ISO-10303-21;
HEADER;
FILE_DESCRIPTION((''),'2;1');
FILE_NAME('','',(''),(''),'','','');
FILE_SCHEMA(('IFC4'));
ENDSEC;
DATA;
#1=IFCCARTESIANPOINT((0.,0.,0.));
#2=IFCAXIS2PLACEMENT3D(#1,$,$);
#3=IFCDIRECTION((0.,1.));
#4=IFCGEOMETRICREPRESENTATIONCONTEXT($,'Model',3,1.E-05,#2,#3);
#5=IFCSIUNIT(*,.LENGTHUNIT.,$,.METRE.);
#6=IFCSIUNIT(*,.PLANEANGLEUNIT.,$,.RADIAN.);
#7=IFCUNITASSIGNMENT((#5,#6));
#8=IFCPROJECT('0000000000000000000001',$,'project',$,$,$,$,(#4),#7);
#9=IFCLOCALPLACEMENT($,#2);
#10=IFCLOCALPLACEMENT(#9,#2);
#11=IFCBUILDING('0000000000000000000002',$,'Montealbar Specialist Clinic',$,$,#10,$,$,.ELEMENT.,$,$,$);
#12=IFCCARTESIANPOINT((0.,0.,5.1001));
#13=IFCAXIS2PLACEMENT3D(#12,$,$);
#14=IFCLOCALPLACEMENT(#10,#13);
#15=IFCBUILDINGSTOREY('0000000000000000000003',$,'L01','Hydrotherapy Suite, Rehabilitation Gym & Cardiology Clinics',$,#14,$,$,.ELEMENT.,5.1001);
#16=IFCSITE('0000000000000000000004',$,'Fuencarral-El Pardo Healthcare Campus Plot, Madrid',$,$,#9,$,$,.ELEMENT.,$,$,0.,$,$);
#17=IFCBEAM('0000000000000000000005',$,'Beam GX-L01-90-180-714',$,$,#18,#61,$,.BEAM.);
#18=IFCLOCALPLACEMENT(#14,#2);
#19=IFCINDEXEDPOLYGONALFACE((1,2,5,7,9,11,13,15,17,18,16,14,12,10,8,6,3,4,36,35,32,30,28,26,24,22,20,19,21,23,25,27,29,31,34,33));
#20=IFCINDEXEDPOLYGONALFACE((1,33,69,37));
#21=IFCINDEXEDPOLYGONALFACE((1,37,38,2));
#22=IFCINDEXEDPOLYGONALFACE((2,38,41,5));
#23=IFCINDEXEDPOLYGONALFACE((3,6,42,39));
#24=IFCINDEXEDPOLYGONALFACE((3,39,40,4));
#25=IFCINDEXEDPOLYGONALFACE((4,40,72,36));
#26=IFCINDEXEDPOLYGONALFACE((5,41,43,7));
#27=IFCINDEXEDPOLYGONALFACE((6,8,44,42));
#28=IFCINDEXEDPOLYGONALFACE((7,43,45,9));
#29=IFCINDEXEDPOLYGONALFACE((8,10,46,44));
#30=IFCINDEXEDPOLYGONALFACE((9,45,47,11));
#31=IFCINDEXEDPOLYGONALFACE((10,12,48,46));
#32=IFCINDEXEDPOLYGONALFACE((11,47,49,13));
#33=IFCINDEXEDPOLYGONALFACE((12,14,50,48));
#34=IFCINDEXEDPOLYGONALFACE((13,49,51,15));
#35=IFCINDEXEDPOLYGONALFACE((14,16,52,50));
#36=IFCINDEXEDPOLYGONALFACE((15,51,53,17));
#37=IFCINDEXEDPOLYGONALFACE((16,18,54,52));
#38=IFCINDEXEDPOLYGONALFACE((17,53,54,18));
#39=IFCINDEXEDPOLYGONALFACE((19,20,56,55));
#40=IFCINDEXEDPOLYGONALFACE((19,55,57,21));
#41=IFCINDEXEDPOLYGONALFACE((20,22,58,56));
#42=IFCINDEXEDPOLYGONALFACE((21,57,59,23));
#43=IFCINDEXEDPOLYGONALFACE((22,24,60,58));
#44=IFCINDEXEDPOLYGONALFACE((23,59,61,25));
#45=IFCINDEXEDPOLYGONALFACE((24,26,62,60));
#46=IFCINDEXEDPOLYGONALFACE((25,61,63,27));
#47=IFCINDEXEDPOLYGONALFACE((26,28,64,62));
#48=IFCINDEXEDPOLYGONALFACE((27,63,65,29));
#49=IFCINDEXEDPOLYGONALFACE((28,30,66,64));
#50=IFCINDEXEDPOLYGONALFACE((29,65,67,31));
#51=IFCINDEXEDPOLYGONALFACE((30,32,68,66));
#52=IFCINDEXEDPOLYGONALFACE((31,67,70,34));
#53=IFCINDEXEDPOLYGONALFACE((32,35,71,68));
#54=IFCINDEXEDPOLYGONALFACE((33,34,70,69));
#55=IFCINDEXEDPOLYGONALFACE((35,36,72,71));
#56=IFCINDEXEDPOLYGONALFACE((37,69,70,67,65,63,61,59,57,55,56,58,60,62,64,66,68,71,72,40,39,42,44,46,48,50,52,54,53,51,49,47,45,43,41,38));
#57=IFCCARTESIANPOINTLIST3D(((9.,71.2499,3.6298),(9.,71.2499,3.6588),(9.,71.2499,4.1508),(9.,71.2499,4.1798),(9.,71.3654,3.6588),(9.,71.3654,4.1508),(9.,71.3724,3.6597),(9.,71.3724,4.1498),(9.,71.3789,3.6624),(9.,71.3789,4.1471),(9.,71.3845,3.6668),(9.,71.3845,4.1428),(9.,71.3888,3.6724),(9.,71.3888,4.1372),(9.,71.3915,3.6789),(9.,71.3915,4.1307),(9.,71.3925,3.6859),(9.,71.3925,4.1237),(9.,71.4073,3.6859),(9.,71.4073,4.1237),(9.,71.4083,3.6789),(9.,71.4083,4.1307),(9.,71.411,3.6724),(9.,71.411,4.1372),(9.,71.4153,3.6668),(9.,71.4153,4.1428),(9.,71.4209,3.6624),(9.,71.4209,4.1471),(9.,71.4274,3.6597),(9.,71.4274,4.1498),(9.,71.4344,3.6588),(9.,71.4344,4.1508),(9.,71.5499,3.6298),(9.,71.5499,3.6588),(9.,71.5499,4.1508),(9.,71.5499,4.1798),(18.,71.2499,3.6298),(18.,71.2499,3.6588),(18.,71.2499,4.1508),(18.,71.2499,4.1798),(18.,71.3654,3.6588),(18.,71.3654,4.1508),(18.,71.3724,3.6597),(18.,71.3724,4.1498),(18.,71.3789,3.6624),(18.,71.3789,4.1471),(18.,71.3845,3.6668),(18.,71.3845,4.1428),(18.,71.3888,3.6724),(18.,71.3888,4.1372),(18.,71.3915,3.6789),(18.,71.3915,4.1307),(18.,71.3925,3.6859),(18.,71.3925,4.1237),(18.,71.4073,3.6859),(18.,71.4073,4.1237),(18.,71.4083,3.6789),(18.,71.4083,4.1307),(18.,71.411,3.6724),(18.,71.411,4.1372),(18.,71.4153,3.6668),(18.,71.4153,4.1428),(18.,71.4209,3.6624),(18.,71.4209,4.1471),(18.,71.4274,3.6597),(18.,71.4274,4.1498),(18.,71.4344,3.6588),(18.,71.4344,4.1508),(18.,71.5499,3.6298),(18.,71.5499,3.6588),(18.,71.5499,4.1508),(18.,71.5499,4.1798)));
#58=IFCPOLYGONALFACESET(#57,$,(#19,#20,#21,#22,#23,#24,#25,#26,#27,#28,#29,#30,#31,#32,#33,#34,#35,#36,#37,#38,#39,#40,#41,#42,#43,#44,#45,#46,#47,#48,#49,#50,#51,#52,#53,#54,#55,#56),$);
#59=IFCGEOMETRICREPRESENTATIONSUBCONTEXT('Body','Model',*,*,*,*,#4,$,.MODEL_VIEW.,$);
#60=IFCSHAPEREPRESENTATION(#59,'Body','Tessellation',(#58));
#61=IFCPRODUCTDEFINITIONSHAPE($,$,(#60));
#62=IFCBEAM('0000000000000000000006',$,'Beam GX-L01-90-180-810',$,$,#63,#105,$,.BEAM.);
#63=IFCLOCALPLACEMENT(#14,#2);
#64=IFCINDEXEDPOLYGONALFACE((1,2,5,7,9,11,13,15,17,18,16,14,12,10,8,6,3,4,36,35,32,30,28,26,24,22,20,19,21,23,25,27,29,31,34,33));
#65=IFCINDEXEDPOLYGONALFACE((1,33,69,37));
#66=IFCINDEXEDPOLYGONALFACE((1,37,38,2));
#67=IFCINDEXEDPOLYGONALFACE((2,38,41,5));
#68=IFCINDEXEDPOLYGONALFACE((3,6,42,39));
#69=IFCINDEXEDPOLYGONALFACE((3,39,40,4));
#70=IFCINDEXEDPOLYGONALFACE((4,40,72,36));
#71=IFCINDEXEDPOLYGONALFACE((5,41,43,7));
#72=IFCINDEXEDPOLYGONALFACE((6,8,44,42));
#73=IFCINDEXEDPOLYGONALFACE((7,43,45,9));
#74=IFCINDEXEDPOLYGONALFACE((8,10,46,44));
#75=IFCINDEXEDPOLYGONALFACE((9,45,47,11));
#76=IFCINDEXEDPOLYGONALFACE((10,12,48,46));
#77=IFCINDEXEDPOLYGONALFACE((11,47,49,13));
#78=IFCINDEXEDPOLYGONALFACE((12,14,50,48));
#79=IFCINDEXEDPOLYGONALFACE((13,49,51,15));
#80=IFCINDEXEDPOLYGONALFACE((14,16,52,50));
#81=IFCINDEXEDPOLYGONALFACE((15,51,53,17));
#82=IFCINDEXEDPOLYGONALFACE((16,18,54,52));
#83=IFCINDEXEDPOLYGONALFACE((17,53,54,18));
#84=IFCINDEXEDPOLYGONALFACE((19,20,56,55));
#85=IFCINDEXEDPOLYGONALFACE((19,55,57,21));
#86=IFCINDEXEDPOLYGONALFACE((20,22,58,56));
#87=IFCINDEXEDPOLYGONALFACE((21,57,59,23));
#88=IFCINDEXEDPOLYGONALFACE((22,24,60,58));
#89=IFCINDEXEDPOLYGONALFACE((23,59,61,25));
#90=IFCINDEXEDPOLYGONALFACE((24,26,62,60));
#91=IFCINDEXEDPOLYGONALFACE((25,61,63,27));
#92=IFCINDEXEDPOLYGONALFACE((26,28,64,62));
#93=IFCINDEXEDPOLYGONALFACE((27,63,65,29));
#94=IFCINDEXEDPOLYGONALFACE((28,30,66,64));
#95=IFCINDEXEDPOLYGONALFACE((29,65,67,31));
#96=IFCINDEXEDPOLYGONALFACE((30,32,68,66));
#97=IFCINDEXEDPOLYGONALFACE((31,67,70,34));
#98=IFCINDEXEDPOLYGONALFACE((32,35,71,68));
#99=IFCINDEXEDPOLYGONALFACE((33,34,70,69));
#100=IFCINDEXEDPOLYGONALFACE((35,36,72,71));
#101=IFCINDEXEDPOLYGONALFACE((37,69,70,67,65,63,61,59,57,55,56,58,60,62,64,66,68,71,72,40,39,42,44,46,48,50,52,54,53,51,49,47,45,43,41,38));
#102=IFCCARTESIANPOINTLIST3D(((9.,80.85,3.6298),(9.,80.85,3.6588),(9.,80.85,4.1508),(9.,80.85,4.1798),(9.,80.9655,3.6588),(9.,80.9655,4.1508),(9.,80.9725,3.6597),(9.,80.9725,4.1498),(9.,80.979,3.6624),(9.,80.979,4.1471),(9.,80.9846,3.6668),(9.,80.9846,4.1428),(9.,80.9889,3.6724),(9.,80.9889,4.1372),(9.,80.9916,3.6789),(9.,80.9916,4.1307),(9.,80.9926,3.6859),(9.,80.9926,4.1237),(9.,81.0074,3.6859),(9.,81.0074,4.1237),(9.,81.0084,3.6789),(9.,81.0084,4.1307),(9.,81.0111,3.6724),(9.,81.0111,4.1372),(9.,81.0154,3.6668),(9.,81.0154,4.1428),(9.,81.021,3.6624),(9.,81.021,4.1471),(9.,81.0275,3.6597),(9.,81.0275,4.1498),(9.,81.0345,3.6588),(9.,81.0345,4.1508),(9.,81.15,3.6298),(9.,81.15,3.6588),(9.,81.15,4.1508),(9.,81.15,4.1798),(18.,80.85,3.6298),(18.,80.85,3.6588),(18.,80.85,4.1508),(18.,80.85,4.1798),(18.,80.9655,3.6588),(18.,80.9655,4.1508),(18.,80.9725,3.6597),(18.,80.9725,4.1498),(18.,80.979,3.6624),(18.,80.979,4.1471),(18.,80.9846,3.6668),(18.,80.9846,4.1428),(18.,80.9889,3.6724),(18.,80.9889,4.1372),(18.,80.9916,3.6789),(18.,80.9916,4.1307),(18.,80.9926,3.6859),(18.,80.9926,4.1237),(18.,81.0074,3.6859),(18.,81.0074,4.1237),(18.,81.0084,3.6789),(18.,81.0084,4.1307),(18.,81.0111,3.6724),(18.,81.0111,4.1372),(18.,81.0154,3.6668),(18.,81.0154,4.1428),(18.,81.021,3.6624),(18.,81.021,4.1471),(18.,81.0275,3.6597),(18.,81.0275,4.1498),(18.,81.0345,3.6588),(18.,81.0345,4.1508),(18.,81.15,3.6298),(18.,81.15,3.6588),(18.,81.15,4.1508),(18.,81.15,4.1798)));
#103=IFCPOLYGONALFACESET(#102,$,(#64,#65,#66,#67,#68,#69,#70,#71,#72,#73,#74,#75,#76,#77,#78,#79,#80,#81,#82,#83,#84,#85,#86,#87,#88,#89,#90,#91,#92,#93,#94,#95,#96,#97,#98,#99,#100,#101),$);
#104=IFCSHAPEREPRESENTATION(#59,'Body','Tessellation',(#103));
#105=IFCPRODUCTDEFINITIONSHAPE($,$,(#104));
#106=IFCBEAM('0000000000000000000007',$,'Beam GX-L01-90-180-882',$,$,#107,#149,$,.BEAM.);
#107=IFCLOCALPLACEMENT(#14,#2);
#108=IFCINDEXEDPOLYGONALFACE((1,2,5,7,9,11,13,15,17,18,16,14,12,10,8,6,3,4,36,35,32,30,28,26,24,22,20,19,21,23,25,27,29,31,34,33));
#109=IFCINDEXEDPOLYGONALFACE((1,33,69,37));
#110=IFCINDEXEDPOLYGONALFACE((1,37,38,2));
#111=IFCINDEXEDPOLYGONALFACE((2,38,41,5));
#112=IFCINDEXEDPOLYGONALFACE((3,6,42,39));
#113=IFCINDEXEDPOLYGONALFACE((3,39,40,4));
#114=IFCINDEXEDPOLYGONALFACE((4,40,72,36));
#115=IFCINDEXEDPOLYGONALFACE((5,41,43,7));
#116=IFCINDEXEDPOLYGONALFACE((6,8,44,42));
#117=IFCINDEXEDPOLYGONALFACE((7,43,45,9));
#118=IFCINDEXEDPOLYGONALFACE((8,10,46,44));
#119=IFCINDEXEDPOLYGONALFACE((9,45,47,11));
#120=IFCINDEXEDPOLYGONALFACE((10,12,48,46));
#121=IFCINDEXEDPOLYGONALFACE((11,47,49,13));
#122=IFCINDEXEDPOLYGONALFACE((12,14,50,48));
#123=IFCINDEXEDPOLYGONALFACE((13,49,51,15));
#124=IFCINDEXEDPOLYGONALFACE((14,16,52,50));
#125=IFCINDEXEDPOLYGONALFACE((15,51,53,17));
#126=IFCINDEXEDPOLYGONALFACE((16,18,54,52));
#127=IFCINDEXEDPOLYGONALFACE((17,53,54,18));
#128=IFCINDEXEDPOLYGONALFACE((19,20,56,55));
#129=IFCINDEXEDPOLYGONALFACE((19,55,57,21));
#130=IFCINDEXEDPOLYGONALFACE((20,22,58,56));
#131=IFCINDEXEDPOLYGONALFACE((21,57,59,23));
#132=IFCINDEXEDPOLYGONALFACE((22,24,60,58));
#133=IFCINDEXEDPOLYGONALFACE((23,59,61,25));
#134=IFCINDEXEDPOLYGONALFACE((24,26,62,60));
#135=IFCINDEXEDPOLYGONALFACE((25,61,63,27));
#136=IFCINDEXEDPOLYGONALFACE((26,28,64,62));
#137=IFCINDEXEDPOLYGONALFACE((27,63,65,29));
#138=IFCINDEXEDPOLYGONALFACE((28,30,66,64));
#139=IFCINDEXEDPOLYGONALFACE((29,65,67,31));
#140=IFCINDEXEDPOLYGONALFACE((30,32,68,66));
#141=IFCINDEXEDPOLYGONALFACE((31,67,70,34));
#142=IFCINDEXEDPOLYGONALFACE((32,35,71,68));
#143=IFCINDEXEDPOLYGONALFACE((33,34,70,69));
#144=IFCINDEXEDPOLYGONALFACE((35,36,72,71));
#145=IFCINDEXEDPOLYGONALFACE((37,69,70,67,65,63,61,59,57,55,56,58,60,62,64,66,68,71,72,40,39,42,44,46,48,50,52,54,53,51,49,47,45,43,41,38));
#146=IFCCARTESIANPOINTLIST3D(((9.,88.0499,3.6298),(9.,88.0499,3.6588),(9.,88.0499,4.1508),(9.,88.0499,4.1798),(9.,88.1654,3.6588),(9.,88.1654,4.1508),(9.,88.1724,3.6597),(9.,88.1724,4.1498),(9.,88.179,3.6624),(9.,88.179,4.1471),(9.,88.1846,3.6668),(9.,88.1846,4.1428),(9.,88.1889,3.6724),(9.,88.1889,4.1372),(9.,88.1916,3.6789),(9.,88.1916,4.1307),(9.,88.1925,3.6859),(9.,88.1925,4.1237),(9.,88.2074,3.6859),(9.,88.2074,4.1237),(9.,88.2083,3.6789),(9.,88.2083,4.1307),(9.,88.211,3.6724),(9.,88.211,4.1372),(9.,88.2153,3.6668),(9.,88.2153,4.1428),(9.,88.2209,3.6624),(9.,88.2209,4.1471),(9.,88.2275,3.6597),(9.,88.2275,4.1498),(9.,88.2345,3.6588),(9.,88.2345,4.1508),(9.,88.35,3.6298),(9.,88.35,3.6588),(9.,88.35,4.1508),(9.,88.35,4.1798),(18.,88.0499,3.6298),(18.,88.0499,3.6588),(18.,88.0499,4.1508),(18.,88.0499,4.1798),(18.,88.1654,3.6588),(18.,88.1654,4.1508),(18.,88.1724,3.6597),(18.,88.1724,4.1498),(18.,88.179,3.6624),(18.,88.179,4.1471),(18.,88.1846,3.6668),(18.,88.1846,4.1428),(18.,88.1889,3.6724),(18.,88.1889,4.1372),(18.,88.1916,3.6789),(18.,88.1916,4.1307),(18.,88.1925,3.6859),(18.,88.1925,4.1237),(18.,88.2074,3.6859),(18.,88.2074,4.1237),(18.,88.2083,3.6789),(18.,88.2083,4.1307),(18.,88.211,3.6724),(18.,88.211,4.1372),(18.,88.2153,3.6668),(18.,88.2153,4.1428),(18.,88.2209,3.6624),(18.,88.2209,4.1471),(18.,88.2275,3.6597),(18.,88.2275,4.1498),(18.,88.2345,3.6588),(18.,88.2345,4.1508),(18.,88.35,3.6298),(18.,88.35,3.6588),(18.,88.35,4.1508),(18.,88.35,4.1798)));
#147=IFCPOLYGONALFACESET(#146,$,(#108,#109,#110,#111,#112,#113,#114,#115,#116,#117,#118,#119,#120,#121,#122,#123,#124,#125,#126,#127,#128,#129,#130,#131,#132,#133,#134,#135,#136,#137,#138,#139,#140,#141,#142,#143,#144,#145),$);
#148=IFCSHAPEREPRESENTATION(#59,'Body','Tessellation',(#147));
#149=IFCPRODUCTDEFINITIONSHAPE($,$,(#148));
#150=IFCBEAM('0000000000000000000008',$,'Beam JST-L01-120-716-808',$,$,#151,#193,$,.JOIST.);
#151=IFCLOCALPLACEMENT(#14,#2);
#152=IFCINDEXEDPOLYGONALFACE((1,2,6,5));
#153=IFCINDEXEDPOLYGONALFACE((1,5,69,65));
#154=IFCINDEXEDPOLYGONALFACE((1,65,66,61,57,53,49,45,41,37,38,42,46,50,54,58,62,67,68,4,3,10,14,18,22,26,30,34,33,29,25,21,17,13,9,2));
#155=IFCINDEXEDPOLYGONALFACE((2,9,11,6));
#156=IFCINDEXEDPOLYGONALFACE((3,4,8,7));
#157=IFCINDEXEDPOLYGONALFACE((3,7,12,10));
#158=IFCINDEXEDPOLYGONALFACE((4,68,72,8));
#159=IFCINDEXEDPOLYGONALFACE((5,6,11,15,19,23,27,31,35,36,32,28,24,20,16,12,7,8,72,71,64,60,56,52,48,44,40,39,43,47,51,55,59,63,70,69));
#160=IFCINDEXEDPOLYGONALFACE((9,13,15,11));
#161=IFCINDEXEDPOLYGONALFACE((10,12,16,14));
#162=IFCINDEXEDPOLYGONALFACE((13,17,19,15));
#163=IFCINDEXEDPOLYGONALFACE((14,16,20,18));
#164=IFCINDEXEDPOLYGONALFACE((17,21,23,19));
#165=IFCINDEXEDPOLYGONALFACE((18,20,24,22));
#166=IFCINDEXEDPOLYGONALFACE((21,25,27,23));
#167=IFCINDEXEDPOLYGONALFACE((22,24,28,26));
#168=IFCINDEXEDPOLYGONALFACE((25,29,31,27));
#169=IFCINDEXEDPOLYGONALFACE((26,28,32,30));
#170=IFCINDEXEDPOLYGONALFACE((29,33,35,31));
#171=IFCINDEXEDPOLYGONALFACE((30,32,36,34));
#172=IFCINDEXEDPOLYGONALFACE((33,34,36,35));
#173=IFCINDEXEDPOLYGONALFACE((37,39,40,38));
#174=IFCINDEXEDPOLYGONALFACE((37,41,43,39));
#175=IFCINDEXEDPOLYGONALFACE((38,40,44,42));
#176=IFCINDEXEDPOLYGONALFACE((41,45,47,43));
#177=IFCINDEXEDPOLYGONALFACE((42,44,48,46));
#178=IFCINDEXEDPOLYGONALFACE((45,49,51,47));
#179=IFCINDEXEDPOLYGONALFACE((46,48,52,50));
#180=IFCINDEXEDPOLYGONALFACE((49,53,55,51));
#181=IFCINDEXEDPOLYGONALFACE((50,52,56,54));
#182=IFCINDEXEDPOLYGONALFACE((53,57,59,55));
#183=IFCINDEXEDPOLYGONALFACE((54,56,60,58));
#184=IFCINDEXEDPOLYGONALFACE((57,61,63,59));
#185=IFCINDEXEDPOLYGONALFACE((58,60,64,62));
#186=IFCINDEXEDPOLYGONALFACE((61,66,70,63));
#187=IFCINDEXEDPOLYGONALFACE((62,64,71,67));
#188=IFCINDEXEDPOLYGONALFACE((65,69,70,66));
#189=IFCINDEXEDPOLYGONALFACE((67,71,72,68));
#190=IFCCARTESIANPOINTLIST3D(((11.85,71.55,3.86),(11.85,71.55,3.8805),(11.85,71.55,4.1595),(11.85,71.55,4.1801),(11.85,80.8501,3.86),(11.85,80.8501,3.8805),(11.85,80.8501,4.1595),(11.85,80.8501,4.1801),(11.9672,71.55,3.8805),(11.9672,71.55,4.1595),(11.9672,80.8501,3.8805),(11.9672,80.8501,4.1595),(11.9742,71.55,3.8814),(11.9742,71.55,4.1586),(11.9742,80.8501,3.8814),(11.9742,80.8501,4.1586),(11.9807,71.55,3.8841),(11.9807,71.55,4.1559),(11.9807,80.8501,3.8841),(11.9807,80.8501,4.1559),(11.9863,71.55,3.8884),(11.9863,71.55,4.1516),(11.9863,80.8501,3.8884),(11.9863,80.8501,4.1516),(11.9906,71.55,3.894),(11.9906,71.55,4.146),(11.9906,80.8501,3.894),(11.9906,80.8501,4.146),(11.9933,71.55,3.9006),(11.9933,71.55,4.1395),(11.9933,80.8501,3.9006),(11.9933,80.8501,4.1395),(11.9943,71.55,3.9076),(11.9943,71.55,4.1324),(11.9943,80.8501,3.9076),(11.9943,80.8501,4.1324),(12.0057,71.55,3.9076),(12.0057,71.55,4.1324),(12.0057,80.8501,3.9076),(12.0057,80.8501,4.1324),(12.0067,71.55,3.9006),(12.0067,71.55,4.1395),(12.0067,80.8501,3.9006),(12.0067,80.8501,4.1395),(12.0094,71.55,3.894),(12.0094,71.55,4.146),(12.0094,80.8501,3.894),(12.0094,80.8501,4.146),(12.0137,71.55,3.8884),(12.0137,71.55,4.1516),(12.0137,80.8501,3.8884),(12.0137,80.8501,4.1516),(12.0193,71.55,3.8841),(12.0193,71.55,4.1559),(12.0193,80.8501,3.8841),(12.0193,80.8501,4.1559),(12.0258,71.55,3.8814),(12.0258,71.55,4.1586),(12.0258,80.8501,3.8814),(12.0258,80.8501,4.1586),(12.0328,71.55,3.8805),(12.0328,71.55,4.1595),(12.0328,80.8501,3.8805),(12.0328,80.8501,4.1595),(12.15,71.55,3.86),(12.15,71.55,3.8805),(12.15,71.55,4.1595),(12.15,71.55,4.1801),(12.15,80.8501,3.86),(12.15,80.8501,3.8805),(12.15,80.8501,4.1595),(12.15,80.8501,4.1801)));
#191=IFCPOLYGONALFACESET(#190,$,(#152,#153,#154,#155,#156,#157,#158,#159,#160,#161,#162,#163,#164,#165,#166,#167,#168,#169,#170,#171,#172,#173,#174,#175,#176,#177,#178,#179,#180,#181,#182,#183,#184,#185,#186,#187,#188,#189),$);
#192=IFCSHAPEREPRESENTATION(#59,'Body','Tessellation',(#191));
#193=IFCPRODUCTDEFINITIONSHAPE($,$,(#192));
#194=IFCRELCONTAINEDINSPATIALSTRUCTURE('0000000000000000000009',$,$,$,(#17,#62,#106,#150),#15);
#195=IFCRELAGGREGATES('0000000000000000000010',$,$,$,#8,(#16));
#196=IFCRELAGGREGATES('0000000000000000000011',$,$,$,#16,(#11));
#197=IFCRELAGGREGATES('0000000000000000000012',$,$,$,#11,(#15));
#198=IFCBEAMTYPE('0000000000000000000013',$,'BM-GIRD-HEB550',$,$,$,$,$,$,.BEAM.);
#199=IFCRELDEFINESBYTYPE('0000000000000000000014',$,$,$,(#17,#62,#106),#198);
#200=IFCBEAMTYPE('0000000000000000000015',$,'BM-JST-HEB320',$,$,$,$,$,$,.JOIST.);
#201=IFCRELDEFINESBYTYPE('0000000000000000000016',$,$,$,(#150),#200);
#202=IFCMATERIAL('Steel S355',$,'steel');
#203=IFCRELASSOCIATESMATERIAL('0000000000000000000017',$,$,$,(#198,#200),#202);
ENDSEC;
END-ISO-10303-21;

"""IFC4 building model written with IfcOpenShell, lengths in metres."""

from ifc_helpers import new_model, si_unit, direction, frame, origin, origin_2d, place, context, subcontext, project, spatial, i_section, extrude, material, material_profile, profile_set, type_object, element, save


model = new_model("IFC4")

# Units and contexts
model_context = context("Model", 3, precision=1e-05, world=origin(), true_north=direction((0.0, 1.0)))
body_context = subcontext(model_context, "Body", "Model", "MODEL_VIEW")
ifc_project = project(units=[si_unit("LENGTHUNIT", "METRE"), si_unit("PLANEANGLEUNIT", "RADIAN")], contexts=[model_context])

# Site, building, storey
site_placement = place(None, origin())
site = spatial("IfcSite", under=ifc_project, at=site_placement, Name="Fuencarral-El Pardo Healthcare Campus Plot, Madrid", CompositionType="ELEMENT", RefElevation=0.0)
building_placement = place(site_placement, origin())
building = spatial("IfcBuilding", under=site, at=building_placement, Name="Montealbar Specialist Clinic", CompositionType="ELEMENT")
storey_placement = place(building_placement, frame((0.0, 0.0, 5.1001)))
storey = spatial("IfcBuildingStorey", under=building, at=storey_placement, Name="L01", Description="Hydrotherapy Suite, Rehabilitation Gym & Cardiology Clinics", CompositionType="ELEMENT", Elevation=5.1001)

# Beams
ifc_material_1 = material(Name="Steel S355", Category="steel")
ifc_material_profile_1 = material_profile(ifc_material_1, i_section(OverallWidth=0.3, OverallDepth=0.55, WebThickness=0.0149, FlangeThickness=0.0291, FilletRadius=0.0271, at=origin_2d()), Name="HEB 550", Category="steel")
ifc_profile_set_1 = profile_set([ifc_material_profile_1], Name="Steel S355")
beam_type_1 = type_object("IfcBeamType", Name="BM-GIRD-HEB550", PredefinedType="BEAM", material=ifc_profile_set_1)
for number, where, z_axis, x_axis, name in (
    (1, (9.0, 71.3999, 3.9048), (1.0, 0.0, 0.0), (0.0, 1.0, 0.0), "Beam GX-L01-90-180-714"),
    (2, (9.0, 81.0, 3.9048), (1.0, 0.0, 0.0), (0.0, 1.0, 0.0), "Beam GX-L01-90-180-810"),
    (3, (9.0, 88.2, 3.9048), (1.0, 0.0, 0.0), (0.0, 1.0, 0.0), "Beam GX-L01-90-180-882"),
):
    element("IfcBeam", number, at=place(storey_placement, frame(where, z_axis=z_axis, x_axis=x_axis)), inside=storey, type_object=beam_type_1, Name=name, PredefinedType="BEAM", context=body_context, shape_type="SweptSolid", body=[
        extrude(i_section(OverallWidth=0.3, OverallDepth=0.55, WebThickness=0.0149, FlangeThickness=0.0291, FilletRadius=0.0271, at=origin_2d()), origin(), (0.0, 0.0, 1.0), 9.0),
    ])
ifc_material_profile_2 = material_profile(ifc_material_1, i_section(OverallWidth=0.3, OverallDepth=0.3201, WebThickness=0.0115, FlangeThickness=0.0205, FilletRadius=0.0271, at=origin_2d()), Name="HEB 320", Category="steel")
ifc_profile_set_2 = profile_set([ifc_material_profile_2], Name="Steel S355")
beam_type_2 = type_object("IfcBeamType", Name="BM-JST-HEB320", PredefinedType="JOIST", material=ifc_profile_set_2)
beam_1_placement = place(storey_placement, frame((12.0, 71.55, 4.02), z_axis=(0.0, 1.0, 0.0), x_axis=(-1.0, 0.0, 0.0)))
element("IfcBeam", 4, at=beam_1_placement, inside=storey, type_object=beam_type_2, Name="Beam JST-L01-120-716-808", PredefinedType="JOIST", context=body_context, shape_type="SweptSolid", body=[
    extrude(i_section(OverallWidth=0.3, OverallDepth=0.3201, WebThickness=0.0115, FlangeThickness=0.0205, FilletRadius=0.0271, at=origin_2d()), origin(), (0.0, 0.0, 1.0), 9.3),
])

save(model, "model.ifc")
